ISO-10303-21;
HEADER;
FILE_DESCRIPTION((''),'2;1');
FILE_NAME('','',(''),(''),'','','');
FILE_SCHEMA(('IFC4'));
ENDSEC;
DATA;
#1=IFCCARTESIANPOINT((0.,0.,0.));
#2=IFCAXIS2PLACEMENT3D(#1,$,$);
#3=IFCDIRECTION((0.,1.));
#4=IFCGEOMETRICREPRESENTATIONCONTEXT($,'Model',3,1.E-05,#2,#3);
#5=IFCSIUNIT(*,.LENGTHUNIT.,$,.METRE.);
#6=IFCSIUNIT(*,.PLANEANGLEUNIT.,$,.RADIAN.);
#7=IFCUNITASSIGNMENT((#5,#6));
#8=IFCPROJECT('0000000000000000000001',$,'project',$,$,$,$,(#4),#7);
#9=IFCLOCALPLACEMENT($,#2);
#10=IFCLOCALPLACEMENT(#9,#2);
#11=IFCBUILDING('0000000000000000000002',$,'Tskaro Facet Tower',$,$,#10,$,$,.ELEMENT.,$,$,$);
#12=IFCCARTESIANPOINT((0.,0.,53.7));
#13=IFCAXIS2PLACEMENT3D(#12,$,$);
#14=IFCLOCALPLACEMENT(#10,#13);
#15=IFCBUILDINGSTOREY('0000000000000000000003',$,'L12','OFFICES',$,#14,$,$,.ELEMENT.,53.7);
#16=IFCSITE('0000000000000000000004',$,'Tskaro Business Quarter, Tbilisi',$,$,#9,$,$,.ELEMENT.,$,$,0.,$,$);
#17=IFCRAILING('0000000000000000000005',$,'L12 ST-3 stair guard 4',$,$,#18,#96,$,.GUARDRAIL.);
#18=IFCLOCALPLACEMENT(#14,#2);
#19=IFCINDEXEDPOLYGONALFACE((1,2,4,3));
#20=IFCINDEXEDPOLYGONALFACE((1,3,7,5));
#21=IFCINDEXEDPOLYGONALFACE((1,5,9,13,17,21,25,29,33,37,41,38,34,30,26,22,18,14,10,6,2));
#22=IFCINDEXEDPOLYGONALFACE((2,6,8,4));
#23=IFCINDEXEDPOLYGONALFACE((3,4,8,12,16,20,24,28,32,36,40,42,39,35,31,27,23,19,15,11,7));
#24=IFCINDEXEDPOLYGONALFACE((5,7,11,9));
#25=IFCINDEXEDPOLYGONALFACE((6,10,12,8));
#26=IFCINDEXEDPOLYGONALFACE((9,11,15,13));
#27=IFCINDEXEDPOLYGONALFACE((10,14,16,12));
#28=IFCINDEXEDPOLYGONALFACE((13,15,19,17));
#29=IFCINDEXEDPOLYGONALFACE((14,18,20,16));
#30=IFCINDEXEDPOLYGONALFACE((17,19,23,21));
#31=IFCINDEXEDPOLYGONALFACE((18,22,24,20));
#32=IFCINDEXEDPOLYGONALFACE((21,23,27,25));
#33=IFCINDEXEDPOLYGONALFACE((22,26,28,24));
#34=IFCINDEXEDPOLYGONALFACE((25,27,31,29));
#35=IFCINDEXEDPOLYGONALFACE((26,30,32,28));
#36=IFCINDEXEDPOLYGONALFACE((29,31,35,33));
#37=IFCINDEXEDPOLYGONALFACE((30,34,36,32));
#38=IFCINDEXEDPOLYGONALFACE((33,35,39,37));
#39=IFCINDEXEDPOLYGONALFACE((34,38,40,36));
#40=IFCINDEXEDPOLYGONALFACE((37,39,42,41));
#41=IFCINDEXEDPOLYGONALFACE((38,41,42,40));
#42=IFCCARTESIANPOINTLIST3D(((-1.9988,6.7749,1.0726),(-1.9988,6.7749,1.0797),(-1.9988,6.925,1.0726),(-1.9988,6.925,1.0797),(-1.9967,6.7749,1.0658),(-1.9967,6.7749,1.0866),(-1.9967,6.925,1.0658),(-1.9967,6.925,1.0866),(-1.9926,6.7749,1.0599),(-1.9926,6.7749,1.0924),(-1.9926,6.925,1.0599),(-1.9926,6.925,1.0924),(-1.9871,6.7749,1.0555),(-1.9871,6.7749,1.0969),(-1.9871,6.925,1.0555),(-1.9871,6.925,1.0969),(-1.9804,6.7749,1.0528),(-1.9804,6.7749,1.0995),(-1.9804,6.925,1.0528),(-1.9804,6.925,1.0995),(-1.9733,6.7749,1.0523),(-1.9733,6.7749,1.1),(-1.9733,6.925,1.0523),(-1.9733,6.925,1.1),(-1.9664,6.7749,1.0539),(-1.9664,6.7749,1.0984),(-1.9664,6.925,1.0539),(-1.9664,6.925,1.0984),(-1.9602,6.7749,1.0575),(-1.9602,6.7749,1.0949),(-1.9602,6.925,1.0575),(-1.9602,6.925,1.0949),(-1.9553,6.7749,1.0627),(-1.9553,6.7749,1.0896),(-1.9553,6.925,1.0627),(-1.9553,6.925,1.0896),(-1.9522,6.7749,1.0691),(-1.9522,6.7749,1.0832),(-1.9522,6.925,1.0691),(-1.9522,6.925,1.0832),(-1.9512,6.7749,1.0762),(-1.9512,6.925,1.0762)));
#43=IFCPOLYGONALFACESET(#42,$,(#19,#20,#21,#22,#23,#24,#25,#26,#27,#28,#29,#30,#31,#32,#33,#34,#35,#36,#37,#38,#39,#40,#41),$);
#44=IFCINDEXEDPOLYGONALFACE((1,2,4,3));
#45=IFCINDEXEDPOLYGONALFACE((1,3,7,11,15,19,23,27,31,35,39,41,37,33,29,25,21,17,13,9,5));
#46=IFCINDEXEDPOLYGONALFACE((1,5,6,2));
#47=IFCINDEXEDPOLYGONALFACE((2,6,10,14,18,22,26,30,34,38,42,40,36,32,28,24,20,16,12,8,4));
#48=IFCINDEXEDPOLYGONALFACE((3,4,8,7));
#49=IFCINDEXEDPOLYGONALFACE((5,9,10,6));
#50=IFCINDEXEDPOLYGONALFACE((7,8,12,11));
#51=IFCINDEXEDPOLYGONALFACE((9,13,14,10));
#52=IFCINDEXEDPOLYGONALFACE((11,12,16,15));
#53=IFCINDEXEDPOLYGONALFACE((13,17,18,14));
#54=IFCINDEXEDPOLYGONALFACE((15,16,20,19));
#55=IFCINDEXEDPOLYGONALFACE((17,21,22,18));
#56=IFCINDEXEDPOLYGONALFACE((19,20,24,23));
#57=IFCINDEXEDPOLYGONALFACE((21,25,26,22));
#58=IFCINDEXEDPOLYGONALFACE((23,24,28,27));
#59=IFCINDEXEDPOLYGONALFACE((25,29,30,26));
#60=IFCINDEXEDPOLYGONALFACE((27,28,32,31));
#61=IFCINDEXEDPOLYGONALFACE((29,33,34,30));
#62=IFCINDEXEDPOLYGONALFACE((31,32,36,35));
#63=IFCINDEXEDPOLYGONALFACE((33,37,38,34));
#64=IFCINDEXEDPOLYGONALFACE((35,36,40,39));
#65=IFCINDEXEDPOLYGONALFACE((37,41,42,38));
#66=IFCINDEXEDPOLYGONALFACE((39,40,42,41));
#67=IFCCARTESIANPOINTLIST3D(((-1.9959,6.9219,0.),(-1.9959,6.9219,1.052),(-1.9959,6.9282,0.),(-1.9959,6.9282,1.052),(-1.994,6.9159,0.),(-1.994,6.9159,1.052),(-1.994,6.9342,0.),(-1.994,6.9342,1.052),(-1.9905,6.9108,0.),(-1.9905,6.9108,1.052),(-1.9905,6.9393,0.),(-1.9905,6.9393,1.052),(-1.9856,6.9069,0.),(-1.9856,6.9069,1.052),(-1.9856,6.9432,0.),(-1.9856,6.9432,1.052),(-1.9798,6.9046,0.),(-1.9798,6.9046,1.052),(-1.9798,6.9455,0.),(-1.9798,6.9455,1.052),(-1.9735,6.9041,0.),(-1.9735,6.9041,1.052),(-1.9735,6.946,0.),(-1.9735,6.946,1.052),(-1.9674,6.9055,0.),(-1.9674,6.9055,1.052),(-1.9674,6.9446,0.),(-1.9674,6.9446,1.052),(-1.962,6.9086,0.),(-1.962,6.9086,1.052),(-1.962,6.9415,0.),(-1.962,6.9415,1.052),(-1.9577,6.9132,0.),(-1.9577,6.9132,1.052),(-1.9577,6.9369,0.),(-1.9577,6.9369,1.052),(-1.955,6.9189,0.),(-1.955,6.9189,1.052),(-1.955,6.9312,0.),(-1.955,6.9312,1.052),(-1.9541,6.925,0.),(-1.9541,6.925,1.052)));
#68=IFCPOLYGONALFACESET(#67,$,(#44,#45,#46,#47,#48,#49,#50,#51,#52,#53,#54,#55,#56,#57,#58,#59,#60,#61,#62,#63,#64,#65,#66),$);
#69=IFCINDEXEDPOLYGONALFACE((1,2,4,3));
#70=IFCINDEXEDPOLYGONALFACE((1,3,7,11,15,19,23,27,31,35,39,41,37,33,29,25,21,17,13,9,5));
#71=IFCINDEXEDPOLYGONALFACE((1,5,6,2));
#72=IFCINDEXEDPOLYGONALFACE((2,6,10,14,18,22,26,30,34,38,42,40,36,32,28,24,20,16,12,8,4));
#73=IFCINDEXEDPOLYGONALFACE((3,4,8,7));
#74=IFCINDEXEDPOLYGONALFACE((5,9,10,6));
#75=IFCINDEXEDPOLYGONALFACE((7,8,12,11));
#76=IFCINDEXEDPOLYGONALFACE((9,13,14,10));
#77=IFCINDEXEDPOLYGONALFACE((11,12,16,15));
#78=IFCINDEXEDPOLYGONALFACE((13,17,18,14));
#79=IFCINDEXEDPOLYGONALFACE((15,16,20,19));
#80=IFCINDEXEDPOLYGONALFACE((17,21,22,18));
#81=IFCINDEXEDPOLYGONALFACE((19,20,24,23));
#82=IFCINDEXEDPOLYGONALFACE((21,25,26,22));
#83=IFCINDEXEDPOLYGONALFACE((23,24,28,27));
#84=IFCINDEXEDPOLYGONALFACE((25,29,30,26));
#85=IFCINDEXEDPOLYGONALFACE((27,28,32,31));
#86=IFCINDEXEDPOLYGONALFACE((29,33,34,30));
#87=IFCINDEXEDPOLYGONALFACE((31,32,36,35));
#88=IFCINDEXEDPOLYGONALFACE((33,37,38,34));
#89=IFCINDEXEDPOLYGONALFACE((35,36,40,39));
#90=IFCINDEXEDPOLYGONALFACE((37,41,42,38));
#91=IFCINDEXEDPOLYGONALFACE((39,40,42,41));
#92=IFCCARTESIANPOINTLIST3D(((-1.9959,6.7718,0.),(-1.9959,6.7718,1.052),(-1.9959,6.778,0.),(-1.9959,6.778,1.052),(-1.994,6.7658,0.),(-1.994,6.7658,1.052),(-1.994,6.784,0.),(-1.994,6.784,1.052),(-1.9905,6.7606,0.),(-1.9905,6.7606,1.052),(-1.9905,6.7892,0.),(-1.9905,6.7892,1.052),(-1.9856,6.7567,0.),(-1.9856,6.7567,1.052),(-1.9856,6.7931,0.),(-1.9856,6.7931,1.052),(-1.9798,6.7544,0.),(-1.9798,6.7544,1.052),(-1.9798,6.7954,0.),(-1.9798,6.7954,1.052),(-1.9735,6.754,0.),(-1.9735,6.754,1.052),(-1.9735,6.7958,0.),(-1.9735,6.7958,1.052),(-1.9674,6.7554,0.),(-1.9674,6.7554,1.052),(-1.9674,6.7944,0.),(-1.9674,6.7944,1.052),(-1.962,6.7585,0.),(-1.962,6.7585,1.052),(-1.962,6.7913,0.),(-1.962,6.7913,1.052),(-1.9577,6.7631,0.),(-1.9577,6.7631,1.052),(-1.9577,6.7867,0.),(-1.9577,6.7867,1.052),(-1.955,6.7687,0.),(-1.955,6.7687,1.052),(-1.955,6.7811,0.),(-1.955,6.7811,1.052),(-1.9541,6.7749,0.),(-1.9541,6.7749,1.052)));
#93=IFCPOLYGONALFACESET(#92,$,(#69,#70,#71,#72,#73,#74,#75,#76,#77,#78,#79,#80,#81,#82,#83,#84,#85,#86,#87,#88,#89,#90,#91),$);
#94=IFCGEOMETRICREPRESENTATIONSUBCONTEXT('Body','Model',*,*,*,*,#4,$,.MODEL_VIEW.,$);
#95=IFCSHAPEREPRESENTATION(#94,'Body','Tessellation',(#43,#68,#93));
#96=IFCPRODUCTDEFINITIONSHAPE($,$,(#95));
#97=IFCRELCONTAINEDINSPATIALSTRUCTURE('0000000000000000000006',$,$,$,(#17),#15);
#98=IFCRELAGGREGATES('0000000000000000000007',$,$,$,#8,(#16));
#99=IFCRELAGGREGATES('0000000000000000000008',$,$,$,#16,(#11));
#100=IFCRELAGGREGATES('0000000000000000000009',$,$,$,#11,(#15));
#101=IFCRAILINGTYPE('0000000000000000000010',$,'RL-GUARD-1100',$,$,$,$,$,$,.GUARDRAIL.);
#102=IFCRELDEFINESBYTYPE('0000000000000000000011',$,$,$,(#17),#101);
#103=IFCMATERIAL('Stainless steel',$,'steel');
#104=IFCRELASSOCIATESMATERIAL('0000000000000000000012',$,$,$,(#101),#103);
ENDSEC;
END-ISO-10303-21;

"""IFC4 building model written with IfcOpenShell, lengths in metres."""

from ifc_helpers import new_model, si_unit, direction, frame, origin, origin_2d, place, context, subcontext, project, spatial, circle, extrude, material, type_object, element, save


model = new_model("IFC4")

# Units and contexts
model_context = context("Model", 3, precision=1e-05, world=origin(), true_north=direction((0.0, 1.0)))
body_context = subcontext(model_context, "Body", "Model", "MODEL_VIEW")
ifc_project = project(units=[si_unit("LENGTHUNIT", "METRE"), si_unit("PLANEANGLEUNIT", "RADIAN")], contexts=[model_context])

# Site, building, storey
site_placement = place(None, origin())
site = spatial("IfcSite", under=ifc_project, at=site_placement, Name="Tskaro Business Quarter, Tbilisi", CompositionType="ELEMENT", RefElevation=0.0)
building_placement = place(site_placement, origin())
building = spatial("IfcBuilding", under=site, at=building_placement, Name="Tskaro Facet Tower", CompositionType="ELEMENT")
storey_placement = place(building_placement, frame((0.0, 0.0, 53.7)))
storey = spatial("IfcBuildingStorey", under=building, at=storey_placement, Name="L12", Description="OFFICES", CompositionType="ELEMENT", Elevation=53.7)

# Railing
ifc_material_1 = material(Name="Stainless steel", Category="steel")
railing_type_1 = type_object("IfcRailingType", Name="RL-GUARD-1100", PredefinedType="GUARDRAIL", material=ifc_material_1)
railing_1_placement = place(storey_placement, frame((-1.9751, 6.925, 0.0)))
element("IfcRailing", 1, at=railing_1_placement, inside=storey, type_object=railing_type_1, Name="L12 ST-3 stair guard 4", PredefinedType="GUARDRAIL", context=body_context, shape_type="SweptSolid", body=[
    extrude(circle(Radius=0.0239, at=origin_2d()), frame((0.0, 0.0, 1.0762), z_axis=(0.0, -1.0, 0.0), x_axis=(1.0, 0.0, 0.0)), (0.0, 0.0, 1.0), 0.1501),
    extrude(circle(Radius=0.021, at=origin_2d()), origin(), (0.0, 0.0, 1.0), 1.052),
    extrude(circle(Radius=0.021, at=origin_2d()), frame((0.0, -0.1501, 0.0)), (0.0, 0.0, 1.0), 1.052),
])

save(model, "model.ifc")
